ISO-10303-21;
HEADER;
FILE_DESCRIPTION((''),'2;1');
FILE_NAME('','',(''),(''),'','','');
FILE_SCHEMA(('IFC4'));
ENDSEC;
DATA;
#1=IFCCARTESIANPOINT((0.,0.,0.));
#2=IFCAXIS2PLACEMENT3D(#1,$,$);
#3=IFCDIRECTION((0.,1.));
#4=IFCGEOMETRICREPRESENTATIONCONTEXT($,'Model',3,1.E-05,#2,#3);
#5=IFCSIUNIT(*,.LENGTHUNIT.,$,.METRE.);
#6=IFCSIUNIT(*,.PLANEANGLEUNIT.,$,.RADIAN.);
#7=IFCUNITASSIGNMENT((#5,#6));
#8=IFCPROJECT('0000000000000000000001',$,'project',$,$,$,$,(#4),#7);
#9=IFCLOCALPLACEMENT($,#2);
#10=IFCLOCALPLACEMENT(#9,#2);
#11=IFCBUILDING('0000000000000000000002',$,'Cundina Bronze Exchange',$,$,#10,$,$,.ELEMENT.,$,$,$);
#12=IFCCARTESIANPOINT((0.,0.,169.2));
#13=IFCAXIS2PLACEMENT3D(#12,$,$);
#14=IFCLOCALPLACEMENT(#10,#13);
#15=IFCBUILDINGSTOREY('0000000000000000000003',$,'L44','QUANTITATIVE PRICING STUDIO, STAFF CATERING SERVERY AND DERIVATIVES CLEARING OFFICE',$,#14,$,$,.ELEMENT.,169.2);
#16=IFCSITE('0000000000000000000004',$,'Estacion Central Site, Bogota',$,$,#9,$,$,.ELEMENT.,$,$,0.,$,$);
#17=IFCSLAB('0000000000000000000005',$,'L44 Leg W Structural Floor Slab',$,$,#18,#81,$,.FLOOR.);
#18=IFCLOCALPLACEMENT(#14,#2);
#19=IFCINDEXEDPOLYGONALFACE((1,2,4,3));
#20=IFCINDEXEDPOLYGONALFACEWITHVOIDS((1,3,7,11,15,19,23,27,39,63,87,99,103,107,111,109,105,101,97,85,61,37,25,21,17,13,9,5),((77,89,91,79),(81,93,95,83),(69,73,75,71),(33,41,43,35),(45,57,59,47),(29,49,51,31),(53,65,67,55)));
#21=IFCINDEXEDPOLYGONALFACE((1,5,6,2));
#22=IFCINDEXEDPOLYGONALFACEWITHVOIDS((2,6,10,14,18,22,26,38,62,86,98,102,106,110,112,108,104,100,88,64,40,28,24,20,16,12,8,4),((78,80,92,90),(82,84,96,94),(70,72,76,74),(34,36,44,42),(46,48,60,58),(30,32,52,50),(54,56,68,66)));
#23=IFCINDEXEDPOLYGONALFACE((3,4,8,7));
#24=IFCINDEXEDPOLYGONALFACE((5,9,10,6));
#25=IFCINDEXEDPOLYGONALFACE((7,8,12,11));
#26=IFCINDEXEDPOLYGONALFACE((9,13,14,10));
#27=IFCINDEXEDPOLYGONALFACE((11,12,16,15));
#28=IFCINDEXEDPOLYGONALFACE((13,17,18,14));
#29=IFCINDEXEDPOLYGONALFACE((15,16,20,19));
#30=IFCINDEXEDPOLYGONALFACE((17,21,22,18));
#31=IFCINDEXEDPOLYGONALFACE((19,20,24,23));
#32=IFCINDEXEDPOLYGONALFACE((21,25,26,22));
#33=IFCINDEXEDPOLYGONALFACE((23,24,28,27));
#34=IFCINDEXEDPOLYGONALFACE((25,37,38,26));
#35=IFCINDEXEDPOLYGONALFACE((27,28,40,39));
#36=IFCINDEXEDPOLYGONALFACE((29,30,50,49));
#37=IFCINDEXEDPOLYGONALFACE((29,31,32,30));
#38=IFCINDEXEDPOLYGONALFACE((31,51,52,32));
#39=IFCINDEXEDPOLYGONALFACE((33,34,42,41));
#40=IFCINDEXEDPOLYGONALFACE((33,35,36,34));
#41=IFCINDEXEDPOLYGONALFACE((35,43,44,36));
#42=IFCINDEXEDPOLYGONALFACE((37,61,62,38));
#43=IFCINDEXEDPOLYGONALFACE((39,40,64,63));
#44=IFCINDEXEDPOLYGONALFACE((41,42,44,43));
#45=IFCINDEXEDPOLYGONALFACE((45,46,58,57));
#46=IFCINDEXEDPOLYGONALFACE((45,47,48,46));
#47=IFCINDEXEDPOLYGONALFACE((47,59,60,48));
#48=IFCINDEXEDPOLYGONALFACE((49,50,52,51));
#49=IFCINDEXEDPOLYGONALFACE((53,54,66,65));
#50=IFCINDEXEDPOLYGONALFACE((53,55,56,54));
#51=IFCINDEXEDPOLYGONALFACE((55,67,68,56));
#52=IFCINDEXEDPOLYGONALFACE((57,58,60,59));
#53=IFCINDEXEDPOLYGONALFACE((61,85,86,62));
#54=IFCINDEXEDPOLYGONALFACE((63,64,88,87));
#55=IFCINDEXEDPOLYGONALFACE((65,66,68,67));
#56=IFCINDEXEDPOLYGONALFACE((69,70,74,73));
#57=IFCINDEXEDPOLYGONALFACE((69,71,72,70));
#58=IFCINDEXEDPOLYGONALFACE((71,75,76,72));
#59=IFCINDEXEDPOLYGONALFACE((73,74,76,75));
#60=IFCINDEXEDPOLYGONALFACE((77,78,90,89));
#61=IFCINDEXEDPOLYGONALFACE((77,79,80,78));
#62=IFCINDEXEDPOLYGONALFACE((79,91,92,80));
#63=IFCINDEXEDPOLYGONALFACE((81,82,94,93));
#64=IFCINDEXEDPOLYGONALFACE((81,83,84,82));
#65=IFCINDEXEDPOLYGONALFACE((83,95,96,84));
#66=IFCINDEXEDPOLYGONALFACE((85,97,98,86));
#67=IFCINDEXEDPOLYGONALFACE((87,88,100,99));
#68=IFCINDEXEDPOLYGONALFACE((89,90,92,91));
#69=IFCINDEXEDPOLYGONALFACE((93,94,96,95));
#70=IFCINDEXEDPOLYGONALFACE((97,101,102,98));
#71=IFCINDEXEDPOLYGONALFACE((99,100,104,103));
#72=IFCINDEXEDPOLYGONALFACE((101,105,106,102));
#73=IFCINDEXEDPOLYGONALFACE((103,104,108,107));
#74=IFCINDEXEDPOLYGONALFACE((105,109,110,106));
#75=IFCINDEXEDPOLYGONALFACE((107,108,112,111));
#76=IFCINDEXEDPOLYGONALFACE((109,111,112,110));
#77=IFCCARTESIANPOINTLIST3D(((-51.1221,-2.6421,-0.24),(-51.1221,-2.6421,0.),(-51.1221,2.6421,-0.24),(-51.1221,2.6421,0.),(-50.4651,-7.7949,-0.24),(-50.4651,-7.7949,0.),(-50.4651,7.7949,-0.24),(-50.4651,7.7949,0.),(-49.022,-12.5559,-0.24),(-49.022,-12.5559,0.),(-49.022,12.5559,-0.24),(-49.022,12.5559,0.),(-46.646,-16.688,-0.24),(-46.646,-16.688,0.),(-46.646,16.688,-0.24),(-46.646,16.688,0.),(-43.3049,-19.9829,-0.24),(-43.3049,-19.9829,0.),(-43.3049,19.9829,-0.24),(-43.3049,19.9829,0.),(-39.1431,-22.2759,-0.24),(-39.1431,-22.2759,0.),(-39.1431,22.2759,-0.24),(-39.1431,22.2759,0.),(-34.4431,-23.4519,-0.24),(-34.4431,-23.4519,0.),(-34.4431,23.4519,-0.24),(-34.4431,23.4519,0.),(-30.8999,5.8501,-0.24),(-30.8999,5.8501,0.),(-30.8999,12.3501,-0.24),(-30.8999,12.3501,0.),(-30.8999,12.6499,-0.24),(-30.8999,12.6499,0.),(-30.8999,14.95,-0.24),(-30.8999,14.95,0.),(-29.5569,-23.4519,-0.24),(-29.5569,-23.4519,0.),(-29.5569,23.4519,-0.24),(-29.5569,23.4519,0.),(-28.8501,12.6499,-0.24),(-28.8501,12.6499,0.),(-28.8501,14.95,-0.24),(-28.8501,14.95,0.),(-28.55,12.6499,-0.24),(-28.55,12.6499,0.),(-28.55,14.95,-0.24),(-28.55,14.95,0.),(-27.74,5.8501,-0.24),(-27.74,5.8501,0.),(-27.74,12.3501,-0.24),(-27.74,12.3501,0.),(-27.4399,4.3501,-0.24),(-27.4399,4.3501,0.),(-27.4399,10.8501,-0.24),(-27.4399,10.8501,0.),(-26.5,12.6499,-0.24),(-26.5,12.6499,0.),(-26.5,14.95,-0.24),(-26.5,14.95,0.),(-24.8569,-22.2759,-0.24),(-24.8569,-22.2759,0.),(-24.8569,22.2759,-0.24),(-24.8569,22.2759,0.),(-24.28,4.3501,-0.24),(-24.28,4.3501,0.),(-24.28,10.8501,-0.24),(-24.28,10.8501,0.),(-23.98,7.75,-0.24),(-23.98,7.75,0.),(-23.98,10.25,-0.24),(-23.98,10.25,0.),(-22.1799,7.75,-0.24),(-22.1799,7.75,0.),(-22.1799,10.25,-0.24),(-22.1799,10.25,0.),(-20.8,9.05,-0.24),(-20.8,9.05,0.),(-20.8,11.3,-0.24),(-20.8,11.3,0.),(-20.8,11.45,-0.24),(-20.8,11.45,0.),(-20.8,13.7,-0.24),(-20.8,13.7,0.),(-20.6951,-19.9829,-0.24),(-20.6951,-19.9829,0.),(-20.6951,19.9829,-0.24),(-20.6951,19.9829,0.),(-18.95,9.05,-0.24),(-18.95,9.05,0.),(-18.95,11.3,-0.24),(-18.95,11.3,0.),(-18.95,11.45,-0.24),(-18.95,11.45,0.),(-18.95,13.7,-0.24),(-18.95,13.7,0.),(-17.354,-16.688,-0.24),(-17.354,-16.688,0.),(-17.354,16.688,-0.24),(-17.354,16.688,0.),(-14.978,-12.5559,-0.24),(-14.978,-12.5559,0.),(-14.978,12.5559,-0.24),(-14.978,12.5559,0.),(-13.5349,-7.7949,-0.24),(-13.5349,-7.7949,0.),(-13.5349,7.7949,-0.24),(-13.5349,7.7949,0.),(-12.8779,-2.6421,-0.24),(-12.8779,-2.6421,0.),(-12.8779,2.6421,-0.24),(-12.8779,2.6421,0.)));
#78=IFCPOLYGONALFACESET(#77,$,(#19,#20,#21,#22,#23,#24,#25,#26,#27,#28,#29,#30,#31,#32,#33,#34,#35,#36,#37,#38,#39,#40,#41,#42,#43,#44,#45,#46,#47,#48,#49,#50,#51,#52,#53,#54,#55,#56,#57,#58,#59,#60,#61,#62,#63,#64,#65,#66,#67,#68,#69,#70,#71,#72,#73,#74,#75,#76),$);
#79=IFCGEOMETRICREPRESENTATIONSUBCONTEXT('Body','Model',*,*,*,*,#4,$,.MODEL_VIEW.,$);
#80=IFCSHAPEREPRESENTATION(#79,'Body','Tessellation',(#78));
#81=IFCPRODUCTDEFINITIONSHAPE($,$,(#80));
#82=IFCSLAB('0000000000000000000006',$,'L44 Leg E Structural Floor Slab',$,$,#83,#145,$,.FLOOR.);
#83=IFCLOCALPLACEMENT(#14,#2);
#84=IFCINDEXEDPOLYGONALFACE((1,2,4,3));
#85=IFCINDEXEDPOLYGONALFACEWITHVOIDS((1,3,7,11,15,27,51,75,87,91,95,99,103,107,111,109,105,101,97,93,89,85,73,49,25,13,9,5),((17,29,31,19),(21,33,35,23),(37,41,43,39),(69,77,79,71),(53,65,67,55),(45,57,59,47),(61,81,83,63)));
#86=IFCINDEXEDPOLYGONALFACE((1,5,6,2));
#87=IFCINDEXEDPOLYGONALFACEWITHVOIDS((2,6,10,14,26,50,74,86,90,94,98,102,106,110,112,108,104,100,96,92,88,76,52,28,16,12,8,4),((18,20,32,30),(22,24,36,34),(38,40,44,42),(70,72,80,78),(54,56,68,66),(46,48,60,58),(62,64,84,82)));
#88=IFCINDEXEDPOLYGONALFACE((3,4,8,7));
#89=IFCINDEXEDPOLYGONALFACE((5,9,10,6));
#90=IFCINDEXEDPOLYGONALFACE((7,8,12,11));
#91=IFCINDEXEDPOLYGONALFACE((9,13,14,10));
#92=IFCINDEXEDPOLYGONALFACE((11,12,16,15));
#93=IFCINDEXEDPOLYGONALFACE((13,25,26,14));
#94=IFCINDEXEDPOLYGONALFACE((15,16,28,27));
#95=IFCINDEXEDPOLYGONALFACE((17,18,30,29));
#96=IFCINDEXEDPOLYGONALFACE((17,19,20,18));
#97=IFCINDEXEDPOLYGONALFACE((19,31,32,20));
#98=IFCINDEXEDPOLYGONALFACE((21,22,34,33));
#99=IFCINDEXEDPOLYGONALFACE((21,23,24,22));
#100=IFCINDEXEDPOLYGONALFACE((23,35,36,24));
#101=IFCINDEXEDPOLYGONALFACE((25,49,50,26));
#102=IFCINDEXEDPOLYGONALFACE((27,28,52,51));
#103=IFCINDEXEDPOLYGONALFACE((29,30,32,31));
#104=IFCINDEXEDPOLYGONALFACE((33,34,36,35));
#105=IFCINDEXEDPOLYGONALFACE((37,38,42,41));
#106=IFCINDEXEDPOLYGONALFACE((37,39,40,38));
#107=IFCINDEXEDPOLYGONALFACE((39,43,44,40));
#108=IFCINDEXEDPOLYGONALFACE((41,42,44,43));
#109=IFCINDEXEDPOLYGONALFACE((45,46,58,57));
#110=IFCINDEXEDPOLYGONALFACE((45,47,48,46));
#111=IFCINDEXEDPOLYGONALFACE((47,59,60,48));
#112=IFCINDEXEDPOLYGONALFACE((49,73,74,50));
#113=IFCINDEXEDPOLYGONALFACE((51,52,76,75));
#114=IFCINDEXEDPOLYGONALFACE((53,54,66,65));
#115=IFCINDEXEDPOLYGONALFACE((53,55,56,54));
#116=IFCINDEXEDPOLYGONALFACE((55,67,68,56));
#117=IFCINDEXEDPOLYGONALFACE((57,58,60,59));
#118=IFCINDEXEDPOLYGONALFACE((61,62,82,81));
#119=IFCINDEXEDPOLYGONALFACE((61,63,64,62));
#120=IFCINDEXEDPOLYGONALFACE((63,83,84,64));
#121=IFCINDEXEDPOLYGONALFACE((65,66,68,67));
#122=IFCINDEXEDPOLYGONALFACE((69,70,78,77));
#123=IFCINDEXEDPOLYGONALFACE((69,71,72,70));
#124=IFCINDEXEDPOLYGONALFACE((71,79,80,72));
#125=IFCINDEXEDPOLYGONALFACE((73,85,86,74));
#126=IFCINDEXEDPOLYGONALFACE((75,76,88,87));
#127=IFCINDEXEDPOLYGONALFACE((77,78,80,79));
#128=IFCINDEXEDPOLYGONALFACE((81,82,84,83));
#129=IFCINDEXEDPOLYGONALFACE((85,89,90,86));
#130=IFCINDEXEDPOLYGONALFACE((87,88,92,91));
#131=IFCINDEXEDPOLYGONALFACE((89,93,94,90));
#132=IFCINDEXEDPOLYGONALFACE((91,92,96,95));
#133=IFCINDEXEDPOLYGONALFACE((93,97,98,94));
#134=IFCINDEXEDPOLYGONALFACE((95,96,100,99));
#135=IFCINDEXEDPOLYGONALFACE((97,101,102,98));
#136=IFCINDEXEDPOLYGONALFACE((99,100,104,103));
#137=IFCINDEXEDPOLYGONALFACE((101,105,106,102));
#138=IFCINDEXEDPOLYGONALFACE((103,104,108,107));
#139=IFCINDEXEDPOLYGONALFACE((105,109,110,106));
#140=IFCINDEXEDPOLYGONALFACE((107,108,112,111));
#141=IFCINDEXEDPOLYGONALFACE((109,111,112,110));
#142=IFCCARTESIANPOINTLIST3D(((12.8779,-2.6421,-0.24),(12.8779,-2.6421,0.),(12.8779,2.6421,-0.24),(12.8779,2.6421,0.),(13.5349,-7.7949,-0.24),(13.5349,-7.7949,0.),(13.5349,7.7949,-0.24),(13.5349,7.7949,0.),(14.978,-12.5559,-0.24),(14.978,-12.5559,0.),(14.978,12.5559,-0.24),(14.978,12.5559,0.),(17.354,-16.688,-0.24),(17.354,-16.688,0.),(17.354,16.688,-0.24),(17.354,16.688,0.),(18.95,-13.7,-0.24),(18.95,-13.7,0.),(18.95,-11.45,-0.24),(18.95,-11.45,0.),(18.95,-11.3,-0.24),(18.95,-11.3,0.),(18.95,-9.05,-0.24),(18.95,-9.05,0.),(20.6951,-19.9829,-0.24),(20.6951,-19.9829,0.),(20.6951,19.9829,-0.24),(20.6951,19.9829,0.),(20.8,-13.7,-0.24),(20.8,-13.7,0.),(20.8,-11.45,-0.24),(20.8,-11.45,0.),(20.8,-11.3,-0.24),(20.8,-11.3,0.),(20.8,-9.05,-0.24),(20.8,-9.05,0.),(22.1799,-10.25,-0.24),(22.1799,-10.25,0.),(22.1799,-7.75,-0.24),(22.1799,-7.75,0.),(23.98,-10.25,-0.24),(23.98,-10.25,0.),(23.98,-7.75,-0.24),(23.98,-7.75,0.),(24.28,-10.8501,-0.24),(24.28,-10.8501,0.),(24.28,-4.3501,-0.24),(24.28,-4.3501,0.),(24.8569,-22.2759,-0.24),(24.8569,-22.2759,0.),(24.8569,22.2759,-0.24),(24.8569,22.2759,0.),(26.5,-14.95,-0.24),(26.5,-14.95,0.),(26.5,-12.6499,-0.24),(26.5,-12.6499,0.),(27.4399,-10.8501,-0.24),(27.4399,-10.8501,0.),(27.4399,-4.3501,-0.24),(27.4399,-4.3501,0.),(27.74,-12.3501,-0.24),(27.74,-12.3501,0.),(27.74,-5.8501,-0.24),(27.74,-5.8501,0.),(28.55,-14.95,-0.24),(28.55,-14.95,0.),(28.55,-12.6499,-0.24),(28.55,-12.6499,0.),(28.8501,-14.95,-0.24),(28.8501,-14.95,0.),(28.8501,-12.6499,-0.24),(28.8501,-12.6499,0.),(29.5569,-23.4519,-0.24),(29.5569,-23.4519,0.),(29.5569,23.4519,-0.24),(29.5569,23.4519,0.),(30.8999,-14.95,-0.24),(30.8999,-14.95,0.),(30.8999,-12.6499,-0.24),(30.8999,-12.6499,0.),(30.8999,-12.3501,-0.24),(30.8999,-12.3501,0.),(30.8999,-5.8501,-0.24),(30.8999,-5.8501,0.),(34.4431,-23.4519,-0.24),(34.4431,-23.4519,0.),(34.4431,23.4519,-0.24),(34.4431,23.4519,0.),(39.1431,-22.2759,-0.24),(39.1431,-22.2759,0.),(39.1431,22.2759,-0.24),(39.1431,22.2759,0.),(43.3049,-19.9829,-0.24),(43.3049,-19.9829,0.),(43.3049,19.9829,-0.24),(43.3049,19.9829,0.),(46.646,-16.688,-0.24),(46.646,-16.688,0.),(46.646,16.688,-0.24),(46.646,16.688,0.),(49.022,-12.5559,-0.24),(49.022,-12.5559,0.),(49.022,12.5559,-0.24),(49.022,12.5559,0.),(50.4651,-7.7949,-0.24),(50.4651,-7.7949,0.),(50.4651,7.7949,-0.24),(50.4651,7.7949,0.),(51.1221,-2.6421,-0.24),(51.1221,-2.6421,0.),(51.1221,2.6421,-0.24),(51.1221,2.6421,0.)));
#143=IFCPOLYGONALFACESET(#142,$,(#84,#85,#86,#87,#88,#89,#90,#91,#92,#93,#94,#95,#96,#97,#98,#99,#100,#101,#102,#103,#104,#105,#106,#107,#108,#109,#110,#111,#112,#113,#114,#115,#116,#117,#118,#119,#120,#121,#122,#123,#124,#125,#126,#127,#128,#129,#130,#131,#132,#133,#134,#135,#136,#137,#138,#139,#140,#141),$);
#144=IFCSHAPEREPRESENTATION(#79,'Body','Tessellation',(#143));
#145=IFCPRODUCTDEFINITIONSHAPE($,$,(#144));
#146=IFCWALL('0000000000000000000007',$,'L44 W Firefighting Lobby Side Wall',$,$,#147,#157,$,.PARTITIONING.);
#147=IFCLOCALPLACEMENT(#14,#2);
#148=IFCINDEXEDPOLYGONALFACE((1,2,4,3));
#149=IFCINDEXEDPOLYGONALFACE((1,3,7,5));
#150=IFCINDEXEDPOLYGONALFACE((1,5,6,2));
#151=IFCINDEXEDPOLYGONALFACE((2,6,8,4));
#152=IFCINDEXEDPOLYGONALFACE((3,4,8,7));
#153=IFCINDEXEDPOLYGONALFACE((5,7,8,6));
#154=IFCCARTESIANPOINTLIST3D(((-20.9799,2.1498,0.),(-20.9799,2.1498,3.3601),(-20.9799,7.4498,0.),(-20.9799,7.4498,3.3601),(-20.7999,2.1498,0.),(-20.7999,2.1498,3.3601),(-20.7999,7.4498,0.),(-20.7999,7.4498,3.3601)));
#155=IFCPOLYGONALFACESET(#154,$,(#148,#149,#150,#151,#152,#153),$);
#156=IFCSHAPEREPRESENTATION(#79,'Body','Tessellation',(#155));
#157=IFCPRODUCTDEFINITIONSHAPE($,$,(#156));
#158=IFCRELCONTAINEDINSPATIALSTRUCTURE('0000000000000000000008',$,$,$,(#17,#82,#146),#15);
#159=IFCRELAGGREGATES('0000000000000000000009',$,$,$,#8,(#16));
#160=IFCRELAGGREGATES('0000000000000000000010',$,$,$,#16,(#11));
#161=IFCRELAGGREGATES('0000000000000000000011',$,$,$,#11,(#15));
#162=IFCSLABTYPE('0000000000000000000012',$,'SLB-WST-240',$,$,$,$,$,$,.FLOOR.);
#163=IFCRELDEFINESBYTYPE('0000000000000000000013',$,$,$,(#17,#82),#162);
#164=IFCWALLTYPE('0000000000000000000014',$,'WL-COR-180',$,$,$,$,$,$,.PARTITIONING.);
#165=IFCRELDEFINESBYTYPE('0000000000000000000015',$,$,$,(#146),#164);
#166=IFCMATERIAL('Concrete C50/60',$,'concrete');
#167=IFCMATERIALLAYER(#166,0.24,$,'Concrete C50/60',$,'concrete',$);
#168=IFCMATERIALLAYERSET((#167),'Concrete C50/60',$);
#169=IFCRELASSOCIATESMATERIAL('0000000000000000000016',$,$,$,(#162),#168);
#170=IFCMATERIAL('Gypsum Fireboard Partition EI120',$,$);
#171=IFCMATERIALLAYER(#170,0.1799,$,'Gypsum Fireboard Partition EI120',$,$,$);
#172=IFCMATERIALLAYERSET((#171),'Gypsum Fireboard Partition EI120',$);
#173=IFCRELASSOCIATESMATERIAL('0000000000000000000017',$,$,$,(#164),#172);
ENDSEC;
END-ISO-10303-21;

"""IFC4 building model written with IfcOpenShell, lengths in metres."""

from ifc_helpers import new_model, si_unit, direction, frame, frame_2d, origin, place, context, subcontext, project, spatial, polyline, rectangle, outline, extrude, material, layer, layer_set, type_object, element, save


model = new_model("IFC4")

# Units and contexts
model_context = context("Model", 3, precision=1e-05, world=origin(), true_north=direction((0.0, 1.0)))
body_context = subcontext(model_context, "Body", "Model", "MODEL_VIEW")
ifc_project = project(units=[si_unit("LENGTHUNIT", "METRE"), si_unit("PLANEANGLEUNIT", "RADIAN")], contexts=[model_context])

# Site, building, storey
site_placement = place(None, origin())
site = spatial("IfcSite", under=ifc_project, at=site_placement, Name="Estacion Central Site, Bogota", CompositionType="ELEMENT", RefElevation=0.0)
building_placement = place(site_placement, origin())
building = spatial("IfcBuilding", under=site, at=building_placement, Name="Cundina Bronze Exchange", CompositionType="ELEMENT")
storey_placement = place(building_placement, frame((0.0, 0.0, 169.2)))
storey = spatial("IfcBuildingStorey", under=building, at=storey_placement, Name="L44", Description="QUANTITATIVE PRICING STUDIO, STAFF CATERING SERVERY AND DERIVATIVES CLEARING OFFICE", CompositionType="ELEMENT", Elevation=169.2)

# Shared definitions
ifc_material_1 = material(Name="Concrete C50/60", Category="concrete")

# Slabs
ifc_layer_1 = layer(ifc_material_1, 0.24, Name="Concrete C50/60", Category="concrete")
ifc_layer_set_1 = layer_set([ifc_layer_1], Name="Concrete C50/60")
slab_type = type_object("IfcSlabType", Name="SLB-WST-240", PredefinedType="FLOOR", material=ifc_layer_set_1)
slab_1_placement = place(storey_placement, frame((0.0, 0.0, -0.24)))
element("IfcSlab", 1, at=slab_1_placement, inside=storey, type_object=slab_type, Name="L44 Leg W Structural Floor Slab", PredefinedType="FLOOR", context=body_context, shape_type="SweptSolid", body=[
    extrude(outline(polyline([(-12.8779, 2.6421), (-13.5349, 7.7949), (-14.978, 12.5559), (-17.354, 16.688), (-20.6951, 19.9829), (-24.8569, 22.2759), (-29.5569, 23.4519), (-34.4431, 23.4519), (-39.1431, 22.2759), (-43.3049, 19.9829), (-46.646, 16.688), (-49.022, 12.5559), (-50.4651, 7.7949), (-51.1221, 2.6421), (-51.1221, -2.6421), (-50.4651, -7.7949), (-49.022, -12.5559), (-46.646, -16.688), (-43.3049, -19.9829), (-39.1431, -22.2759), (-34.4431, -23.4519), (-29.5569, -23.4519), (-24.8569, -22.2759), (-20.6951, -19.9829), (-17.354, -16.688), (-14.978, -12.5559), (-13.5349, -7.7949), (-12.8779, -2.6421), (-12.8779, 2.6421)]), holes=[polyline([(-27.74, 5.8501), (-27.74, 12.3501), (-30.8999, 12.3501), (-30.8999, 5.8501), (-27.74, 5.8501)]), polyline([(-27.4399, 10.8501), (-27.4399, 4.3501), (-24.28, 4.3501), (-24.28, 10.8501), (-27.4399, 10.8501)]), polyline([(-23.98, 10.25), (-22.1799, 10.25), (-22.1799, 7.75), (-23.98, 7.75), (-23.98, 10.25)]), polyline([(-30.8999, 14.95), (-28.8501, 14.95), (-28.8501, 12.6499), (-30.8999, 12.6499), (-30.8999, 14.95)]), polyline([(-28.55, 14.95), (-26.5, 14.95), (-26.5, 12.6499), (-28.55, 12.6499), (-28.55, 14.95)]), polyline([(-20.8, 13.7), (-18.95, 13.7), (-18.95, 11.45), (-20.8, 11.45), (-20.8, 13.7)]), polyline([(-20.8, 11.3), (-18.95, 11.3), (-18.95, 9.05), (-20.8, 9.05), (-20.8, 11.3)])]), origin(), (0.0, 0.0, 1.0), 0.24),
])
slab_2_placement = place(storey_placement, frame((0.0, 0.0, -0.24)))
element("IfcSlab", 2, at=slab_2_placement, inside=storey, type_object=slab_type, Name="L44 Leg E Structural Floor Slab", PredefinedType="FLOOR", context=body_context, shape_type="SweptSolid", body=[
    extrude(outline(polyline([(51.1221, 2.6421), (50.4651, 7.7949), (49.022, 12.5559), (46.646, 16.688), (43.3049, 19.9829), (39.1431, 22.2759), (34.4431, 23.4519), (29.5569, 23.4519), (24.8569, 22.2759), (20.6951, 19.9829), (17.354, 16.688), (14.978, 12.5559), (13.5349, 7.7949), (12.8779, 2.6421), (12.8779, -2.6421), (13.5349, -7.7949), (14.978, -12.5559), (17.354, -16.688), (20.6951, -19.9829), (24.8569, -22.2759), (29.5569, -23.4519), (34.4431, -23.4519), (39.1431, -22.2759), (43.3049, -19.9829), (46.646, -16.688), (49.022, -12.5559), (50.4651, -7.7949), (51.1221, -2.6421), (51.1221, 2.6421)]), holes=[polyline([(27.74, -5.8501), (27.74, -12.3501), (30.8999, -12.3501), (30.8999, -5.8501), (27.74, -5.8501)]), polyline([(27.4399, -10.8501), (27.4399, -4.3501), (24.28, -4.3501), (24.28, -10.8501), (27.4399, -10.8501)]), polyline([(22.1799, -7.75), (23.98, -7.75), (23.98, -10.25), (22.1799, -10.25), (22.1799, -7.75)]), polyline([(28.8501, -12.6499), (30.8999, -12.6499), (30.8999, -14.95), (28.8501, -14.95), (28.8501, -12.6499)]), polyline([(26.5, -12.6499), (28.55, -12.6499), (28.55, -14.95), (26.5, -14.95), (26.5, -12.6499)]), polyline([(18.95, -11.45), (20.8, -11.45), (20.8, -13.7), (18.95, -13.7), (18.95, -11.45)]), polyline([(18.95, -9.05), (20.8, -9.05), (20.8, -11.3), (18.95, -11.3), (18.95, -9.05)])]), origin(), (0.0, 0.0, 1.0), 0.24),
])

# Wall
ifc_material_2 = material(Name="Gypsum Fireboard Partition EI120")
ifc_layer_2 = layer(ifc_material_2, 0.1799, Name="Gypsum Fireboard Partition EI120")
ifc_layer_set_2 = layer_set([ifc_layer_2], Name="Gypsum Fireboard Partition EI120")
wall_type_1 = type_object("IfcWallType", Name="WL-COR-180", PredefinedType="PARTITIONING", material=ifc_layer_set_2)
wall_1_placement = place(storey_placement, frame((-20.8899, 2.1499, 0.0), z_axis=(0.0, 0.0, 1.0), x_axis=(0.0, 1.0, 0.0)))
element("IfcWall", 3, at=wall_1_placement, inside=storey, type_object=wall_type_1, Name="L44 W Firefighting Lobby Side Wall", PredefinedType="PARTITIONING", context=body_context, shape_type="SweptSolid", body=[
    extrude(rectangle(XDim=5.3, YDim=0.1799, at=frame_2d((2.6499, 0.0))), origin(), (0.0, 0.0, 1.0), 3.3601),
])

save(model, "model.ifc")
